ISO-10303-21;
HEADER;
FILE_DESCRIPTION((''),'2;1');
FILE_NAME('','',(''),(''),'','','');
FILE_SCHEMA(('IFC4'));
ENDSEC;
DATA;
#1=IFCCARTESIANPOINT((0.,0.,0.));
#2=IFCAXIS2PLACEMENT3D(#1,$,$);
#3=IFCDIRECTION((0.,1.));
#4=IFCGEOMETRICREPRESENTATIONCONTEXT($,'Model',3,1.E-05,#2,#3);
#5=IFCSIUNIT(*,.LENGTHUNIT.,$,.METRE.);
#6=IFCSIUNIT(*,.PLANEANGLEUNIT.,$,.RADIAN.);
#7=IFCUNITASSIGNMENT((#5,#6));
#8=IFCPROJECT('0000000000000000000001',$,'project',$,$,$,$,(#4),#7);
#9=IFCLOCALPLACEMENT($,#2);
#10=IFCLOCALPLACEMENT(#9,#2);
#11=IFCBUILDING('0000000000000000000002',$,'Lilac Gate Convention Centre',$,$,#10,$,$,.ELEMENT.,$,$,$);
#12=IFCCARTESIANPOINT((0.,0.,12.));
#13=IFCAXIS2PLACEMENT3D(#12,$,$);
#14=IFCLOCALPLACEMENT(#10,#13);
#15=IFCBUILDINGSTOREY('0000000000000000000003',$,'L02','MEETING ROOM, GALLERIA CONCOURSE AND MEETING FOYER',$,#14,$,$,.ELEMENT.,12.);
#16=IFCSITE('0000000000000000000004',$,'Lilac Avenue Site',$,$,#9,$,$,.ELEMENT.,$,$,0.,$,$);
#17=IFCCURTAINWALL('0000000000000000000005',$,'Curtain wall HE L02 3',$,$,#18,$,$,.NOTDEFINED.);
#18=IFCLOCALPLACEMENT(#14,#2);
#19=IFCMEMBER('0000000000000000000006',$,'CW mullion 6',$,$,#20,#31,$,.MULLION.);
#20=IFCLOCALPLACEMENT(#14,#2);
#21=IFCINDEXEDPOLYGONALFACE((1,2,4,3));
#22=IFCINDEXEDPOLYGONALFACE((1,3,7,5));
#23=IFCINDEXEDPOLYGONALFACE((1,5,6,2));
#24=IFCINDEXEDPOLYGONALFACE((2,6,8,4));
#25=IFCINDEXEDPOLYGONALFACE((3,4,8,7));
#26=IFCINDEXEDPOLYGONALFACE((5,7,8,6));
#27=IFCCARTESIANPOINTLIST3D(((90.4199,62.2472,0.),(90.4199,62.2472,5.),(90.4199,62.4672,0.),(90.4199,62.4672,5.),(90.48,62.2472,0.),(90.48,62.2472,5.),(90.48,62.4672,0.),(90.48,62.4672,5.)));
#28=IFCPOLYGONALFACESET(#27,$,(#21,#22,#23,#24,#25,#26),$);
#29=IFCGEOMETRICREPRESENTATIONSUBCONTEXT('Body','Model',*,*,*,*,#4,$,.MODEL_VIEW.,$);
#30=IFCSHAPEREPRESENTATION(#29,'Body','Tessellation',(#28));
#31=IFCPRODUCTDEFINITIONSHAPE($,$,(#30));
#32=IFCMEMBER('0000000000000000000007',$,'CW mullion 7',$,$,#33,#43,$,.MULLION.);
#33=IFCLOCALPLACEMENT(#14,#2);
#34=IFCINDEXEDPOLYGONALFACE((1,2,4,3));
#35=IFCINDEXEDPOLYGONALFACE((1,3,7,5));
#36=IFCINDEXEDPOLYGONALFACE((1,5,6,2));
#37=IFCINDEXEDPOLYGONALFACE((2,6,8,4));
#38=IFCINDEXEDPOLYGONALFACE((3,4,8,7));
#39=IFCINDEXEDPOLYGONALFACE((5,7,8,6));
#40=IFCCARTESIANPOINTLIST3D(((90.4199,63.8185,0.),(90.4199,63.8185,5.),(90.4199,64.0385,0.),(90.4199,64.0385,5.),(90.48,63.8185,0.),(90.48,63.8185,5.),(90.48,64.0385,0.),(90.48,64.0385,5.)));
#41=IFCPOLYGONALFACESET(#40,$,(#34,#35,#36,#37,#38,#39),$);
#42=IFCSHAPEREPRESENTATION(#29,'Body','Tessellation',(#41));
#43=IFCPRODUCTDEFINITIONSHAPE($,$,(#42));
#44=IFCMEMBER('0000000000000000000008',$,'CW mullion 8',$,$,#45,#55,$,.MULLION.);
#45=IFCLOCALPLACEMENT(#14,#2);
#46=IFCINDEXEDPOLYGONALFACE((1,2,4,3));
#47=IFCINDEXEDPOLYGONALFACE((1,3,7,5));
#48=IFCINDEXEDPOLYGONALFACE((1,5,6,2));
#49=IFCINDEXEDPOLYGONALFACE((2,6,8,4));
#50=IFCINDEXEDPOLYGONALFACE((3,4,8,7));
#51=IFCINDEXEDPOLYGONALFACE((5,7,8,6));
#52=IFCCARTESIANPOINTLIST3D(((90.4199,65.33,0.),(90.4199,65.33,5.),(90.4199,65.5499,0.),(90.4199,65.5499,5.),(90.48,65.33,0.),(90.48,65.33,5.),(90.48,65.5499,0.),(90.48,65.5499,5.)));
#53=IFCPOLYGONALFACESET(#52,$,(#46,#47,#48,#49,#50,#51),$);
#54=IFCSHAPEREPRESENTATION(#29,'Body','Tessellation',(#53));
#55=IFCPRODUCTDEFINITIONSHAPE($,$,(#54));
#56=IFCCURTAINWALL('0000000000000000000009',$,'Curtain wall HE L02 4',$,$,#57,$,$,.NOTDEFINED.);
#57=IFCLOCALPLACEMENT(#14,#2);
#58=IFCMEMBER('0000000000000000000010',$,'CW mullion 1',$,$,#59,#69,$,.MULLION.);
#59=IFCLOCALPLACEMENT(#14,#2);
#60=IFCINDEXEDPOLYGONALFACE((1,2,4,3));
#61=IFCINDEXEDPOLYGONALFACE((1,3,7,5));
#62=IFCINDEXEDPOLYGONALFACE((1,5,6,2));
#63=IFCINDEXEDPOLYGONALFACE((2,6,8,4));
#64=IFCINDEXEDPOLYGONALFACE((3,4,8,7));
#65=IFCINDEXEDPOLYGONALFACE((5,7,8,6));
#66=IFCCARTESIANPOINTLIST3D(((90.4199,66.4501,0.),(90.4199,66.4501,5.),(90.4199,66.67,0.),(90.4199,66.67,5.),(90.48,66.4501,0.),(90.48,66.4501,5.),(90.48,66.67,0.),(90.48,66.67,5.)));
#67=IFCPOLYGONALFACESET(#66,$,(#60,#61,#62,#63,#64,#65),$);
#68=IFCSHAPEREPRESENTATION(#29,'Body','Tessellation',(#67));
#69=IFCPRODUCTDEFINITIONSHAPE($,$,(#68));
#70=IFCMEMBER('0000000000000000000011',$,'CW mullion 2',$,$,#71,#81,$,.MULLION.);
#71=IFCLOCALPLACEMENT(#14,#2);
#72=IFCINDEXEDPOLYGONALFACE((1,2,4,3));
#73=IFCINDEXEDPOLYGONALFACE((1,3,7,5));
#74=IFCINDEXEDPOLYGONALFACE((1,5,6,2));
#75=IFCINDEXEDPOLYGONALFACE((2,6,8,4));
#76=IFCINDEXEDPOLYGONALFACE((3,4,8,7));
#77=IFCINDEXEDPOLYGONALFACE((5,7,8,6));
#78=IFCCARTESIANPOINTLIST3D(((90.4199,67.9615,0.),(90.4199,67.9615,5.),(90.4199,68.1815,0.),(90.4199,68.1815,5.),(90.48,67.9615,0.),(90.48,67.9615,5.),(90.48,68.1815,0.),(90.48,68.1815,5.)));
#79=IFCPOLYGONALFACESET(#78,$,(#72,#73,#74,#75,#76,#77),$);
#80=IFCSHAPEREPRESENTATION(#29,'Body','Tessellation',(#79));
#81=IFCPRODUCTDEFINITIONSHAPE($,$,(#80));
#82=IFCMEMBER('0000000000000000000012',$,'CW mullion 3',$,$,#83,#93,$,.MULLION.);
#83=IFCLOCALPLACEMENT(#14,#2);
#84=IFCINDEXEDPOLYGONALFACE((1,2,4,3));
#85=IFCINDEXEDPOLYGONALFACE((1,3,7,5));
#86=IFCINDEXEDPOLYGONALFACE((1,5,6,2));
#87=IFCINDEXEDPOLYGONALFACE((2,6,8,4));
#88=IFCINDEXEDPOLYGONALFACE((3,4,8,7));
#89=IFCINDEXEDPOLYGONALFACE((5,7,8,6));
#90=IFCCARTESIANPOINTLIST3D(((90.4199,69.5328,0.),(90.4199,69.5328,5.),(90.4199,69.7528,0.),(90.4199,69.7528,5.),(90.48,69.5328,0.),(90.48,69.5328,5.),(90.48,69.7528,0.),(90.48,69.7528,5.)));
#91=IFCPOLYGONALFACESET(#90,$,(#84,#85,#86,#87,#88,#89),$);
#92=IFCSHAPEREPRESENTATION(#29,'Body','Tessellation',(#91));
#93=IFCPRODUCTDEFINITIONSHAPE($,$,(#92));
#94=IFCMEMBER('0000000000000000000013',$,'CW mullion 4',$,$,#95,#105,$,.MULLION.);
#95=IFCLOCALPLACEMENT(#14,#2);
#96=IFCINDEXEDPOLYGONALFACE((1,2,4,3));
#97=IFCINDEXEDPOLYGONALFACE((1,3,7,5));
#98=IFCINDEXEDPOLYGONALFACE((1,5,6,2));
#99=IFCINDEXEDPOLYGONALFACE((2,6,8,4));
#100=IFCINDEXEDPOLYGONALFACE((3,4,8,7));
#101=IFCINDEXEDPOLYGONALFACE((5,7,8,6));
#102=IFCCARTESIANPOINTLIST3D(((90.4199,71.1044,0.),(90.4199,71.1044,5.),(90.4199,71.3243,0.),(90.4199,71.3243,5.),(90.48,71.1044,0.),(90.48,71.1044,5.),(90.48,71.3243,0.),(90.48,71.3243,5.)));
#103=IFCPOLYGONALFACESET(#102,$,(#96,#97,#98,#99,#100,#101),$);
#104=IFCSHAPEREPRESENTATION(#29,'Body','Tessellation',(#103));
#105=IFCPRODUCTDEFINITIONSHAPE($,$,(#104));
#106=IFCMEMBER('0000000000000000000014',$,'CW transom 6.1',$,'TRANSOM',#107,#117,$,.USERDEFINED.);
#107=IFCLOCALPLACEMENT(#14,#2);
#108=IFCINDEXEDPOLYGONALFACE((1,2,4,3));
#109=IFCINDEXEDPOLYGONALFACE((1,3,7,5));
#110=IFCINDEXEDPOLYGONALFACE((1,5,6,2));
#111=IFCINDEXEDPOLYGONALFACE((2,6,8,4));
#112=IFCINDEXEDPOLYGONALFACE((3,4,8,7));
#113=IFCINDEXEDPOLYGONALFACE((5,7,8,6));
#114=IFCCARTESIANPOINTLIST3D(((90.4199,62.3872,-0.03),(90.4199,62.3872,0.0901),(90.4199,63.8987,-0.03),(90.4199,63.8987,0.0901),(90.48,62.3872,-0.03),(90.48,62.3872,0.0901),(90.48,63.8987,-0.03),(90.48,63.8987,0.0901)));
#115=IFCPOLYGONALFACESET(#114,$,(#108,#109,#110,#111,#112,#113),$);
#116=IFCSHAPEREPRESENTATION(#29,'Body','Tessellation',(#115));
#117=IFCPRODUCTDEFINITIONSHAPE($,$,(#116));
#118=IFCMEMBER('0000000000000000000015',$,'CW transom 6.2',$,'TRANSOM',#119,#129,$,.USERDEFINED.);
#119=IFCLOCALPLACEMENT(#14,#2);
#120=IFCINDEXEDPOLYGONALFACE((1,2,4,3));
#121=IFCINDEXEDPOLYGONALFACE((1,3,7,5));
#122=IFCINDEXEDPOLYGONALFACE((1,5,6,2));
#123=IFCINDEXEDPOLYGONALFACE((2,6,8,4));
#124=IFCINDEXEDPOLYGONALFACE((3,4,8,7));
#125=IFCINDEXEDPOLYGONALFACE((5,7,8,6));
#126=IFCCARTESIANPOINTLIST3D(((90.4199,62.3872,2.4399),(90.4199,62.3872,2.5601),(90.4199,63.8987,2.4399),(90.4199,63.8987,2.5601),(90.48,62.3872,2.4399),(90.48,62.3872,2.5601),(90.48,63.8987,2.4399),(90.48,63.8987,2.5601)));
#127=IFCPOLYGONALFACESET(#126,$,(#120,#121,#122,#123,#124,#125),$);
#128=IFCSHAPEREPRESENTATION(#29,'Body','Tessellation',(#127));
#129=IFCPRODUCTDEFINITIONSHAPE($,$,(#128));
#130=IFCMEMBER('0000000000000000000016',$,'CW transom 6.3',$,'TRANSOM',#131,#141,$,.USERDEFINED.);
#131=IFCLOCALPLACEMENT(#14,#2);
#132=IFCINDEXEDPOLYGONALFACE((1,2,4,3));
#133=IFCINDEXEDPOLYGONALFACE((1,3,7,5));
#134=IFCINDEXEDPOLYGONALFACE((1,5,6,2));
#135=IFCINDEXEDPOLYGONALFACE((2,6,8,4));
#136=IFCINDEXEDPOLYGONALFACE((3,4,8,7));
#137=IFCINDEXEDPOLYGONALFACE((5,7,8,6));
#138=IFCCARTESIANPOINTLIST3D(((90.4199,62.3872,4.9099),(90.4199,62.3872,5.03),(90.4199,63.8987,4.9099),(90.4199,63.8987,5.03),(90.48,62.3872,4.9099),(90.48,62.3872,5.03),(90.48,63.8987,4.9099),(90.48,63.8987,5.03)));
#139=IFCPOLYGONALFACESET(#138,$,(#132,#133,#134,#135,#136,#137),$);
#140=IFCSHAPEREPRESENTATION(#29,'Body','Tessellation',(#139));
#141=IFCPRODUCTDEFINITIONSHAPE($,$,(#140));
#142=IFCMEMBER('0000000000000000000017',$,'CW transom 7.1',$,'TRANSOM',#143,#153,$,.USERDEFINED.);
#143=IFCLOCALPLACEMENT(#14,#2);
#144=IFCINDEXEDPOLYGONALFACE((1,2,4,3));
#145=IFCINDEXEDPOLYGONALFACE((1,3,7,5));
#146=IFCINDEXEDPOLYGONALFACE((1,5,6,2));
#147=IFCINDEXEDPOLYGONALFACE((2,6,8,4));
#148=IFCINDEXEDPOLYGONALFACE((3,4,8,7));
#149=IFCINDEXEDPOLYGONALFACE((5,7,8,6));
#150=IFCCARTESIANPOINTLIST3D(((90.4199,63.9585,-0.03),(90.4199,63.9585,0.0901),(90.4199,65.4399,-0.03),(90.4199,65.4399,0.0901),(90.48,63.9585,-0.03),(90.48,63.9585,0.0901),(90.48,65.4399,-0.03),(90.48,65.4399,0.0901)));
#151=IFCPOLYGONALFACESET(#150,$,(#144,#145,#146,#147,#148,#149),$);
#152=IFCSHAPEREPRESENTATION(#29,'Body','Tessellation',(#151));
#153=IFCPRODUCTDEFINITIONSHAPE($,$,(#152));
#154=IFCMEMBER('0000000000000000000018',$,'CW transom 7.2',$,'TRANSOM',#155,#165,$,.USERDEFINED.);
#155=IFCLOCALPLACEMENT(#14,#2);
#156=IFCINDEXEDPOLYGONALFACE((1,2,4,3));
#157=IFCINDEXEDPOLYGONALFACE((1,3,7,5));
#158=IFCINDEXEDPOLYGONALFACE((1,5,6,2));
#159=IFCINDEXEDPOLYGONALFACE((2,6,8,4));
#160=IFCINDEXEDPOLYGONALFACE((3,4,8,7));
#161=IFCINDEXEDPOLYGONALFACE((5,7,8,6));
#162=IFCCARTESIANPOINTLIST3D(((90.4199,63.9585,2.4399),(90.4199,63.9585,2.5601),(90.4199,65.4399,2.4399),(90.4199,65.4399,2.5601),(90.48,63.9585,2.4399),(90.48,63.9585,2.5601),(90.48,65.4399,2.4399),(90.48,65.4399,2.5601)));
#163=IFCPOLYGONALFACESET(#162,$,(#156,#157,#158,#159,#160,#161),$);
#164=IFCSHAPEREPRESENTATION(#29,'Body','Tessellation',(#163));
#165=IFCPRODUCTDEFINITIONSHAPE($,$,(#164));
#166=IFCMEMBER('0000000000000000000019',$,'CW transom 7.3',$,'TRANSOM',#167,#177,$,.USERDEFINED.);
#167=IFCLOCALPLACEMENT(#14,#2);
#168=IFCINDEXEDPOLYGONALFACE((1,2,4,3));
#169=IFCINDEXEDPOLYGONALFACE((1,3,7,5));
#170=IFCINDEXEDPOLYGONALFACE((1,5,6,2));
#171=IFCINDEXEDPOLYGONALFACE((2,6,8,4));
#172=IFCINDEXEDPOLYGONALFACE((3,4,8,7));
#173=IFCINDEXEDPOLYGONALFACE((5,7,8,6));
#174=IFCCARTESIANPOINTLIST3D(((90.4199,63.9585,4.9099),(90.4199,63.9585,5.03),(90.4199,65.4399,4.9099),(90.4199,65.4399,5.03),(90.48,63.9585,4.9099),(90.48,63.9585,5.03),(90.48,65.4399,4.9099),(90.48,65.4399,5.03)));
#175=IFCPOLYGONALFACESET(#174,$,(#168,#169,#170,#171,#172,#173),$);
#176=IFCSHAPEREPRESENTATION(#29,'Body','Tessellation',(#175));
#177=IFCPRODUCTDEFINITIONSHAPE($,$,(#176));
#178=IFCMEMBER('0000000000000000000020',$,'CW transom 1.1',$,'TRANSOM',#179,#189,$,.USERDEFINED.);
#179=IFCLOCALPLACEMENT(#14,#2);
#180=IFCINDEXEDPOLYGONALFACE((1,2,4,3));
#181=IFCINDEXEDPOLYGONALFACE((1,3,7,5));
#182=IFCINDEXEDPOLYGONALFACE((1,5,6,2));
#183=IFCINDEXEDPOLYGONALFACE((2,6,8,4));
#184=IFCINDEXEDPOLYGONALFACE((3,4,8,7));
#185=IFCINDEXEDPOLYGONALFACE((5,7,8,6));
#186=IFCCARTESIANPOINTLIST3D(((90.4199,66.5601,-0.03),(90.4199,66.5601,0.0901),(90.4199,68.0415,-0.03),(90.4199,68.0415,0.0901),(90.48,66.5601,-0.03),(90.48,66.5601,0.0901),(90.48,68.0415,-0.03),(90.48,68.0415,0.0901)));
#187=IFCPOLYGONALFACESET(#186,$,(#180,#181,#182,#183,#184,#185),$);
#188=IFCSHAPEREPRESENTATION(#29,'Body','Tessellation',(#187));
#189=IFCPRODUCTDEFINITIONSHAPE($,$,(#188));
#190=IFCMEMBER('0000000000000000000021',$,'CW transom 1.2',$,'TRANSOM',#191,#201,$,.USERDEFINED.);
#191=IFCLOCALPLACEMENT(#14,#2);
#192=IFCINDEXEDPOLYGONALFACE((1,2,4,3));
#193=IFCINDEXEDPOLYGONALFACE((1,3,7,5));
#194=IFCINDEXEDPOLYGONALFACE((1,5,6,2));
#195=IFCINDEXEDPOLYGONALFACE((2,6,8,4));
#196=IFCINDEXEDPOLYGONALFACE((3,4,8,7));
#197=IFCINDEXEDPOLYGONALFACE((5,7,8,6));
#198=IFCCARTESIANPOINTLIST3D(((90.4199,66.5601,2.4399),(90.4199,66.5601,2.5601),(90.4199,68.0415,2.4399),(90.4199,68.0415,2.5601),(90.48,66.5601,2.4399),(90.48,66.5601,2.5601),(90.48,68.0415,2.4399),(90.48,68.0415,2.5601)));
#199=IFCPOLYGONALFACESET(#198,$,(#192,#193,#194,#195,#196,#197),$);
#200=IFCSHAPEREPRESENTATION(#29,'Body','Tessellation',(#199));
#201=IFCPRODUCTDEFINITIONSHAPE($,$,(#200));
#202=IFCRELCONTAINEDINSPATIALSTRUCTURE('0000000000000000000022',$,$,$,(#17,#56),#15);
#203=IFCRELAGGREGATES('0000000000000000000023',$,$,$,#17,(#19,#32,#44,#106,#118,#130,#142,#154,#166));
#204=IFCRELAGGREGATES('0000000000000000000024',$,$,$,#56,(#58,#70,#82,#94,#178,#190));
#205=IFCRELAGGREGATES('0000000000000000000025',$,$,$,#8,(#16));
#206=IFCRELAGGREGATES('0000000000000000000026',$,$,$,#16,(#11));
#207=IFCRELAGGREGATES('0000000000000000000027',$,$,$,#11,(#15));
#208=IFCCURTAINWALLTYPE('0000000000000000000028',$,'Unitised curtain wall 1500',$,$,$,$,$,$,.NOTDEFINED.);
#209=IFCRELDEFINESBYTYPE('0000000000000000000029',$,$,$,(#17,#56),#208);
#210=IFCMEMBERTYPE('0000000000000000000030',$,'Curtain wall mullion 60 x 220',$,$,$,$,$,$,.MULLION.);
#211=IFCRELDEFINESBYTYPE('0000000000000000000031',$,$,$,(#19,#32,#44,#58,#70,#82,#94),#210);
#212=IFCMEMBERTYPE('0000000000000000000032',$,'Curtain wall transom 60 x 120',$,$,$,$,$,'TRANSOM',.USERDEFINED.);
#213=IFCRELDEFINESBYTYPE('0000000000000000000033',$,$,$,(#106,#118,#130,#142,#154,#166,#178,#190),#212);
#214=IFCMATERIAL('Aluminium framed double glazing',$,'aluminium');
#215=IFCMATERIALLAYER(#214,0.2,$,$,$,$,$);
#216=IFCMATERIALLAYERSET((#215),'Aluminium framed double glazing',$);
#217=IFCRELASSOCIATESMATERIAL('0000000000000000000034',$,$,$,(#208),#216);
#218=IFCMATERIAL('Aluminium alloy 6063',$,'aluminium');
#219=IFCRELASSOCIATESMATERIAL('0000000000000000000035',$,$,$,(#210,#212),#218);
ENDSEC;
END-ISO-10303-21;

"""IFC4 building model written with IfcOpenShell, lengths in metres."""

from ifc_helpers import new_model, si_unit, direction, frame, origin, origin_2d, place, context, subcontext, project, spatial, rectangle, extrude, material, layer, layer_set, material_profile, profile_set, type_object, element, aggregate, save


model = new_model("IFC4")

# Units and contexts
model_context = context("Model", 3, precision=1e-05, world=origin(), true_north=direction((0.0, 1.0)))
body_context = subcontext(model_context, "Body", "Model", "MODEL_VIEW")
ifc_project = project(units=[si_unit("LENGTHUNIT", "METRE"), si_unit("PLANEANGLEUNIT", "RADIAN")], contexts=[model_context])

# Site, building, storey
site_placement = place(None, origin())
site = spatial("IfcSite", under=ifc_project, at=site_placement, Name="Lilac Avenue Site", CompositionType="ELEMENT", RefElevation=0.0)
building_placement = place(site_placement, origin())
building = spatial("IfcBuilding", under=site, at=building_placement, Name="Lilac Gate Convention Centre", CompositionType="ELEMENT")
storey_placement = place(building_placement, frame((0.0, 0.0, 12.0)))
storey = spatial("IfcBuildingStorey", under=building, at=storey_placement, Name="L02", Description="MEETING ROOM, GALLERIA CONCOURSE AND MEETING FOYER", CompositionType="ELEMENT", Elevation=12.0)

# Curtain walls, members
ifc_material_1 = material(Name="Aluminium framed double glazing", Category="aluminium")
ifc_layer_1 = layer(ifc_material_1, 0.2)
ifc_layer_set_1 = layer_set([ifc_layer_1], Name="Aluminium framed double glazing")
curtain_wall_type = type_object("IfcCurtainWallType", Name="Unitised curtain wall 1500", PredefinedType="NOTDEFINED", material=ifc_layer_set_1)
curtain_wall_1_placement = place(storey_placement, origin())
curtain_wall_1 = element("IfcCurtainWall", 1, at=curtain_wall_1_placement, inside=storey, type_object=curtain_wall_type, Name="Curtain wall HE L02 3", PredefinedType="NOTDEFINED")
ifc_material_2 = material(Name="Aluminium alloy 6063", Category="aluminium")
ifc_material_profile_1 = material_profile(ifc_material_2, rectangle(XDim=0.0601, YDim=0.22, at=origin_2d()), Name="Curtain wall mullion 60 x 220")
ifc_profile_set_1 = profile_set([ifc_material_profile_1], Name="Aluminium alloy 6063")
member_type_1 = type_object("IfcMemberType", Name="Curtain wall mullion 60 x 220", PredefinedType="MULLION", material=ifc_profile_set_1)
member_1_placement = place(storey_placement, frame((90.45, 62.3572, 0.0), z_axis=(0.0, 0.0, 1.0), x_axis=(-1.0, 0.0, 0.0)))
member_1 = element("IfcMember", 2, at=member_1_placement, type_object=member_type_1, Name="CW mullion 6", PredefinedType="MULLION", context=body_context, shape_type="SweptSolid", body=[
    extrude(rectangle(XDim=0.0601, YDim=0.22, at=origin_2d()), origin(), (0.0, 0.0, 1.0), 5.0),
])
member_2_placement = place(storey_placement, frame((90.45, 63.9285, 0.0), z_axis=(0.0, 0.0, 1.0), x_axis=(-1.0, 0.0, 0.0)))
member_2 = element("IfcMember", 3, at=member_2_placement, type_object=member_type_1, Name="CW mullion 7", PredefinedType="MULLION", context=body_context, shape_type="SweptSolid", body=[
    extrude(rectangle(XDim=0.0601, YDim=0.22, at=origin_2d()), origin(), (0.0, 0.0, 1.0), 5.0),
])
member_3_placement = place(storey_placement, frame((90.45, 65.4399, 0.0), z_axis=(0.0, 0.0, 1.0), x_axis=(-1.0, 0.0, 0.0)))
member_3 = element("IfcMember", 4, at=member_3_placement, type_object=member_type_1, Name="CW mullion 8", PredefinedType="MULLION", context=body_context, shape_type="SweptSolid", body=[
    extrude(rectangle(XDim=0.0601, YDim=0.22, at=origin_2d()), origin(), (0.0, 0.0, 1.0), 5.0),
])
curtain_wall_2_placement = place(storey_placement, origin())
curtain_wall_2 = element("IfcCurtainWall", 5, at=curtain_wall_2_placement, inside=storey, type_object=curtain_wall_type, Name="Curtain wall HE L02 4", PredefinedType="NOTDEFINED")
member_4_placement = place(storey_placement, frame((90.45, 66.5601, 0.0), z_axis=(0.0, 0.0, 1.0), x_axis=(-1.0, 0.0, 0.0)))
member_4 = element("IfcMember", 6, at=member_4_placement, type_object=member_type_1, Name="CW mullion 1", PredefinedType="MULLION", context=body_context, shape_type="SweptSolid", body=[
    extrude(rectangle(XDim=0.0601, YDim=0.22, at=origin_2d()), origin(), (0.0, 0.0, 1.0), 5.0),
])
member_5_placement = place(storey_placement, frame((90.45, 68.0715, 0.0), z_axis=(0.0, 0.0, 1.0), x_axis=(-1.0, 0.0, 0.0)))
member_5 = element("IfcMember", 7, at=member_5_placement, type_object=member_type_1, Name="CW mullion 2", PredefinedType="MULLION", context=body_context, shape_type="SweptSolid", body=[
    extrude(rectangle(XDim=0.0601, YDim=0.22, at=origin_2d()), origin(), (0.0, 0.0, 1.0), 5.0),
])
member_6_placement = place(storey_placement, frame((90.45, 69.6428, 0.0), z_axis=(0.0, 0.0, 1.0), x_axis=(-1.0, 0.0, 0.0)))
member_6 = element("IfcMember", 8, at=member_6_placement, type_object=member_type_1, Name="CW mullion 3", PredefinedType="MULLION", context=body_context, shape_type="SweptSolid", body=[
    extrude(rectangle(XDim=0.0601, YDim=0.22, at=origin_2d()), origin(), (0.0, 0.0, 1.0), 5.0),
])
member_7_placement = place(storey_placement, frame((90.45, 71.2144, 0.0), z_axis=(0.0, 0.0, 1.0), x_axis=(-1.0, 0.0, 0.0)))
member_7 = element("IfcMember", 9, at=member_7_placement, type_object=member_type_1, Name="CW mullion 4", PredefinedType="MULLION", context=body_context, shape_type="SweptSolid", body=[
    extrude(rectangle(XDim=0.0601, YDim=0.22, at=origin_2d()), origin(), (0.0, 0.0, 1.0), 5.0),
])

# Members
ifc_material_profile_2 = material_profile(ifc_material_2, rectangle(XDim=0.0601, YDim=0.1201, at=origin_2d()), Name="Curtain wall transom 60 x 120")
ifc_profile_set_2 = profile_set([ifc_material_profile_2], Name="Aluminium alloy 6063")
member_type_2 = type_object("IfcMemberType", Name="Curtain wall transom 60 x 120", ElementType="TRANSOM", PredefinedType="USERDEFINED", material=ifc_profile_set_2)
member_8_placement = place(storey_placement, frame((90.45, 62.3872, 0.03), z_axis=(0.0, 1.0, 0.0), x_axis=(-1.0, 0.0, 0.0)))
member_8 = element("IfcMember", 10, at=member_8_placement, type_object=member_type_2, Name="CW transom 6.1", ObjectType="TRANSOM", PredefinedType="USERDEFINED", context=body_context, shape_type="SweptSolid", body=[
    extrude(rectangle(XDim=0.0601, YDim=0.1201, at=origin_2d()), origin(), (0.0, 0.0, 1.0), 1.5115),
])
member_9_placement = place(storey_placement, frame((90.45, 62.3872, 2.5), z_axis=(0.0, 1.0, 0.0), x_axis=(-1.0, 0.0, 0.0)))
member_9 = element("IfcMember", 11, at=member_9_placement, type_object=member_type_2, Name="CW transom 6.2", ObjectType="TRANSOM", PredefinedType="USERDEFINED", context=body_context, shape_type="SweptSolid", body=[
    extrude(rectangle(XDim=0.0601, YDim=0.1201, at=origin_2d()), origin(), (0.0, 0.0, 1.0), 1.5115),
])
member_10_placement = place(storey_placement, frame((90.45, 62.3872, 4.97), z_axis=(0.0, 1.0, 0.0), x_axis=(-1.0, 0.0, 0.0)))
member_10 = element("IfcMember", 12, at=member_10_placement, type_object=member_type_2, Name="CW transom 6.3", ObjectType="TRANSOM", PredefinedType="USERDEFINED", context=body_context, shape_type="SweptSolid", body=[
    extrude(rectangle(XDim=0.0601, YDim=0.1201, at=origin_2d()), origin(), (0.0, 0.0, 1.0), 1.5115),
])
member_11_placement = place(storey_placement, frame((90.45, 63.9585, 0.03), z_axis=(0.0, 1.0, 0.0), x_axis=(-1.0, 0.0, 0.0)))
member_11 = element("IfcMember", 13, at=member_11_placement, type_object=member_type_2, Name="CW transom 7.1", ObjectType="TRANSOM", PredefinedType="USERDEFINED", context=body_context, shape_type="SweptSolid", body=[
    extrude(rectangle(XDim=0.0601, YDim=0.1201, at=origin_2d()), origin(), (0.0, 0.0, 1.0), 1.4814),
])
member_12_placement = place(storey_placement, frame((90.45, 63.9585, 2.5), z_axis=(0.0, 1.0, 0.0), x_axis=(-1.0, 0.0, 0.0)))
member_12 = element("IfcMember", 14, at=member_12_placement, type_object=member_type_2, Name="CW transom 7.2", ObjectType="TRANSOM", PredefinedType="USERDEFINED", context=body_context, shape_type="SweptSolid", body=[
    extrude(rectangle(XDim=0.0601, YDim=0.1201, at=origin_2d()), origin(), (0.0, 0.0, 1.0), 1.4814),
])
member_13_placement = place(storey_placement, frame((90.45, 63.9585, 4.97), z_axis=(0.0, 1.0, 0.0), x_axis=(-1.0, 0.0, 0.0)))
member_13 = element("IfcMember", 15, at=member_13_placement, type_object=member_type_2, Name="CW transom 7.3", ObjectType="TRANSOM", PredefinedType="USERDEFINED", context=body_context, shape_type="SweptSolid", body=[
    extrude(rectangle(XDim=0.0601, YDim=0.1201, at=origin_2d()), origin(), (0.0, 0.0, 1.0), 1.4814),
])
member_14_placement = place(storey_placement, frame((90.45, 66.5601, 0.03), z_axis=(0.0, 1.0, 0.0), x_axis=(-1.0, 0.0, 0.0)))
member_14 = element("IfcMember", 16, at=member_14_placement, type_object=member_type_2, Name="CW transom 1.1", ObjectType="TRANSOM", PredefinedType="USERDEFINED", context=body_context, shape_type="SweptSolid", body=[
    extrude(rectangle(XDim=0.0601, YDim=0.1201, at=origin_2d()), origin(), (0.0, 0.0, 1.0), 1.4814),
])
member_15_placement = place(storey_placement, frame((90.45, 66.5601, 2.5), z_axis=(0.0, 1.0, 0.0), x_axis=(-1.0, 0.0, 0.0)))
member_15 = element("IfcMember", 17, at=member_15_placement, type_object=member_type_2, Name="CW transom 1.2", ObjectType="TRANSOM", PredefinedType="USERDEFINED", context=body_context, shape_type="SweptSolid", body=[
    extrude(rectangle(XDim=0.0601, YDim=0.1201, at=origin_2d()), origin(), (0.0, 0.0, 1.0), 1.4814),
])

aggregate(curtain_wall_1, [member_1, member_2, member_3, member_8, member_9, member_10, member_11, member_12, member_13])
aggregate(curtain_wall_2, [member_4, member_5, member_6, member_7, member_14, member_15])

save(model, "model.ifc")
